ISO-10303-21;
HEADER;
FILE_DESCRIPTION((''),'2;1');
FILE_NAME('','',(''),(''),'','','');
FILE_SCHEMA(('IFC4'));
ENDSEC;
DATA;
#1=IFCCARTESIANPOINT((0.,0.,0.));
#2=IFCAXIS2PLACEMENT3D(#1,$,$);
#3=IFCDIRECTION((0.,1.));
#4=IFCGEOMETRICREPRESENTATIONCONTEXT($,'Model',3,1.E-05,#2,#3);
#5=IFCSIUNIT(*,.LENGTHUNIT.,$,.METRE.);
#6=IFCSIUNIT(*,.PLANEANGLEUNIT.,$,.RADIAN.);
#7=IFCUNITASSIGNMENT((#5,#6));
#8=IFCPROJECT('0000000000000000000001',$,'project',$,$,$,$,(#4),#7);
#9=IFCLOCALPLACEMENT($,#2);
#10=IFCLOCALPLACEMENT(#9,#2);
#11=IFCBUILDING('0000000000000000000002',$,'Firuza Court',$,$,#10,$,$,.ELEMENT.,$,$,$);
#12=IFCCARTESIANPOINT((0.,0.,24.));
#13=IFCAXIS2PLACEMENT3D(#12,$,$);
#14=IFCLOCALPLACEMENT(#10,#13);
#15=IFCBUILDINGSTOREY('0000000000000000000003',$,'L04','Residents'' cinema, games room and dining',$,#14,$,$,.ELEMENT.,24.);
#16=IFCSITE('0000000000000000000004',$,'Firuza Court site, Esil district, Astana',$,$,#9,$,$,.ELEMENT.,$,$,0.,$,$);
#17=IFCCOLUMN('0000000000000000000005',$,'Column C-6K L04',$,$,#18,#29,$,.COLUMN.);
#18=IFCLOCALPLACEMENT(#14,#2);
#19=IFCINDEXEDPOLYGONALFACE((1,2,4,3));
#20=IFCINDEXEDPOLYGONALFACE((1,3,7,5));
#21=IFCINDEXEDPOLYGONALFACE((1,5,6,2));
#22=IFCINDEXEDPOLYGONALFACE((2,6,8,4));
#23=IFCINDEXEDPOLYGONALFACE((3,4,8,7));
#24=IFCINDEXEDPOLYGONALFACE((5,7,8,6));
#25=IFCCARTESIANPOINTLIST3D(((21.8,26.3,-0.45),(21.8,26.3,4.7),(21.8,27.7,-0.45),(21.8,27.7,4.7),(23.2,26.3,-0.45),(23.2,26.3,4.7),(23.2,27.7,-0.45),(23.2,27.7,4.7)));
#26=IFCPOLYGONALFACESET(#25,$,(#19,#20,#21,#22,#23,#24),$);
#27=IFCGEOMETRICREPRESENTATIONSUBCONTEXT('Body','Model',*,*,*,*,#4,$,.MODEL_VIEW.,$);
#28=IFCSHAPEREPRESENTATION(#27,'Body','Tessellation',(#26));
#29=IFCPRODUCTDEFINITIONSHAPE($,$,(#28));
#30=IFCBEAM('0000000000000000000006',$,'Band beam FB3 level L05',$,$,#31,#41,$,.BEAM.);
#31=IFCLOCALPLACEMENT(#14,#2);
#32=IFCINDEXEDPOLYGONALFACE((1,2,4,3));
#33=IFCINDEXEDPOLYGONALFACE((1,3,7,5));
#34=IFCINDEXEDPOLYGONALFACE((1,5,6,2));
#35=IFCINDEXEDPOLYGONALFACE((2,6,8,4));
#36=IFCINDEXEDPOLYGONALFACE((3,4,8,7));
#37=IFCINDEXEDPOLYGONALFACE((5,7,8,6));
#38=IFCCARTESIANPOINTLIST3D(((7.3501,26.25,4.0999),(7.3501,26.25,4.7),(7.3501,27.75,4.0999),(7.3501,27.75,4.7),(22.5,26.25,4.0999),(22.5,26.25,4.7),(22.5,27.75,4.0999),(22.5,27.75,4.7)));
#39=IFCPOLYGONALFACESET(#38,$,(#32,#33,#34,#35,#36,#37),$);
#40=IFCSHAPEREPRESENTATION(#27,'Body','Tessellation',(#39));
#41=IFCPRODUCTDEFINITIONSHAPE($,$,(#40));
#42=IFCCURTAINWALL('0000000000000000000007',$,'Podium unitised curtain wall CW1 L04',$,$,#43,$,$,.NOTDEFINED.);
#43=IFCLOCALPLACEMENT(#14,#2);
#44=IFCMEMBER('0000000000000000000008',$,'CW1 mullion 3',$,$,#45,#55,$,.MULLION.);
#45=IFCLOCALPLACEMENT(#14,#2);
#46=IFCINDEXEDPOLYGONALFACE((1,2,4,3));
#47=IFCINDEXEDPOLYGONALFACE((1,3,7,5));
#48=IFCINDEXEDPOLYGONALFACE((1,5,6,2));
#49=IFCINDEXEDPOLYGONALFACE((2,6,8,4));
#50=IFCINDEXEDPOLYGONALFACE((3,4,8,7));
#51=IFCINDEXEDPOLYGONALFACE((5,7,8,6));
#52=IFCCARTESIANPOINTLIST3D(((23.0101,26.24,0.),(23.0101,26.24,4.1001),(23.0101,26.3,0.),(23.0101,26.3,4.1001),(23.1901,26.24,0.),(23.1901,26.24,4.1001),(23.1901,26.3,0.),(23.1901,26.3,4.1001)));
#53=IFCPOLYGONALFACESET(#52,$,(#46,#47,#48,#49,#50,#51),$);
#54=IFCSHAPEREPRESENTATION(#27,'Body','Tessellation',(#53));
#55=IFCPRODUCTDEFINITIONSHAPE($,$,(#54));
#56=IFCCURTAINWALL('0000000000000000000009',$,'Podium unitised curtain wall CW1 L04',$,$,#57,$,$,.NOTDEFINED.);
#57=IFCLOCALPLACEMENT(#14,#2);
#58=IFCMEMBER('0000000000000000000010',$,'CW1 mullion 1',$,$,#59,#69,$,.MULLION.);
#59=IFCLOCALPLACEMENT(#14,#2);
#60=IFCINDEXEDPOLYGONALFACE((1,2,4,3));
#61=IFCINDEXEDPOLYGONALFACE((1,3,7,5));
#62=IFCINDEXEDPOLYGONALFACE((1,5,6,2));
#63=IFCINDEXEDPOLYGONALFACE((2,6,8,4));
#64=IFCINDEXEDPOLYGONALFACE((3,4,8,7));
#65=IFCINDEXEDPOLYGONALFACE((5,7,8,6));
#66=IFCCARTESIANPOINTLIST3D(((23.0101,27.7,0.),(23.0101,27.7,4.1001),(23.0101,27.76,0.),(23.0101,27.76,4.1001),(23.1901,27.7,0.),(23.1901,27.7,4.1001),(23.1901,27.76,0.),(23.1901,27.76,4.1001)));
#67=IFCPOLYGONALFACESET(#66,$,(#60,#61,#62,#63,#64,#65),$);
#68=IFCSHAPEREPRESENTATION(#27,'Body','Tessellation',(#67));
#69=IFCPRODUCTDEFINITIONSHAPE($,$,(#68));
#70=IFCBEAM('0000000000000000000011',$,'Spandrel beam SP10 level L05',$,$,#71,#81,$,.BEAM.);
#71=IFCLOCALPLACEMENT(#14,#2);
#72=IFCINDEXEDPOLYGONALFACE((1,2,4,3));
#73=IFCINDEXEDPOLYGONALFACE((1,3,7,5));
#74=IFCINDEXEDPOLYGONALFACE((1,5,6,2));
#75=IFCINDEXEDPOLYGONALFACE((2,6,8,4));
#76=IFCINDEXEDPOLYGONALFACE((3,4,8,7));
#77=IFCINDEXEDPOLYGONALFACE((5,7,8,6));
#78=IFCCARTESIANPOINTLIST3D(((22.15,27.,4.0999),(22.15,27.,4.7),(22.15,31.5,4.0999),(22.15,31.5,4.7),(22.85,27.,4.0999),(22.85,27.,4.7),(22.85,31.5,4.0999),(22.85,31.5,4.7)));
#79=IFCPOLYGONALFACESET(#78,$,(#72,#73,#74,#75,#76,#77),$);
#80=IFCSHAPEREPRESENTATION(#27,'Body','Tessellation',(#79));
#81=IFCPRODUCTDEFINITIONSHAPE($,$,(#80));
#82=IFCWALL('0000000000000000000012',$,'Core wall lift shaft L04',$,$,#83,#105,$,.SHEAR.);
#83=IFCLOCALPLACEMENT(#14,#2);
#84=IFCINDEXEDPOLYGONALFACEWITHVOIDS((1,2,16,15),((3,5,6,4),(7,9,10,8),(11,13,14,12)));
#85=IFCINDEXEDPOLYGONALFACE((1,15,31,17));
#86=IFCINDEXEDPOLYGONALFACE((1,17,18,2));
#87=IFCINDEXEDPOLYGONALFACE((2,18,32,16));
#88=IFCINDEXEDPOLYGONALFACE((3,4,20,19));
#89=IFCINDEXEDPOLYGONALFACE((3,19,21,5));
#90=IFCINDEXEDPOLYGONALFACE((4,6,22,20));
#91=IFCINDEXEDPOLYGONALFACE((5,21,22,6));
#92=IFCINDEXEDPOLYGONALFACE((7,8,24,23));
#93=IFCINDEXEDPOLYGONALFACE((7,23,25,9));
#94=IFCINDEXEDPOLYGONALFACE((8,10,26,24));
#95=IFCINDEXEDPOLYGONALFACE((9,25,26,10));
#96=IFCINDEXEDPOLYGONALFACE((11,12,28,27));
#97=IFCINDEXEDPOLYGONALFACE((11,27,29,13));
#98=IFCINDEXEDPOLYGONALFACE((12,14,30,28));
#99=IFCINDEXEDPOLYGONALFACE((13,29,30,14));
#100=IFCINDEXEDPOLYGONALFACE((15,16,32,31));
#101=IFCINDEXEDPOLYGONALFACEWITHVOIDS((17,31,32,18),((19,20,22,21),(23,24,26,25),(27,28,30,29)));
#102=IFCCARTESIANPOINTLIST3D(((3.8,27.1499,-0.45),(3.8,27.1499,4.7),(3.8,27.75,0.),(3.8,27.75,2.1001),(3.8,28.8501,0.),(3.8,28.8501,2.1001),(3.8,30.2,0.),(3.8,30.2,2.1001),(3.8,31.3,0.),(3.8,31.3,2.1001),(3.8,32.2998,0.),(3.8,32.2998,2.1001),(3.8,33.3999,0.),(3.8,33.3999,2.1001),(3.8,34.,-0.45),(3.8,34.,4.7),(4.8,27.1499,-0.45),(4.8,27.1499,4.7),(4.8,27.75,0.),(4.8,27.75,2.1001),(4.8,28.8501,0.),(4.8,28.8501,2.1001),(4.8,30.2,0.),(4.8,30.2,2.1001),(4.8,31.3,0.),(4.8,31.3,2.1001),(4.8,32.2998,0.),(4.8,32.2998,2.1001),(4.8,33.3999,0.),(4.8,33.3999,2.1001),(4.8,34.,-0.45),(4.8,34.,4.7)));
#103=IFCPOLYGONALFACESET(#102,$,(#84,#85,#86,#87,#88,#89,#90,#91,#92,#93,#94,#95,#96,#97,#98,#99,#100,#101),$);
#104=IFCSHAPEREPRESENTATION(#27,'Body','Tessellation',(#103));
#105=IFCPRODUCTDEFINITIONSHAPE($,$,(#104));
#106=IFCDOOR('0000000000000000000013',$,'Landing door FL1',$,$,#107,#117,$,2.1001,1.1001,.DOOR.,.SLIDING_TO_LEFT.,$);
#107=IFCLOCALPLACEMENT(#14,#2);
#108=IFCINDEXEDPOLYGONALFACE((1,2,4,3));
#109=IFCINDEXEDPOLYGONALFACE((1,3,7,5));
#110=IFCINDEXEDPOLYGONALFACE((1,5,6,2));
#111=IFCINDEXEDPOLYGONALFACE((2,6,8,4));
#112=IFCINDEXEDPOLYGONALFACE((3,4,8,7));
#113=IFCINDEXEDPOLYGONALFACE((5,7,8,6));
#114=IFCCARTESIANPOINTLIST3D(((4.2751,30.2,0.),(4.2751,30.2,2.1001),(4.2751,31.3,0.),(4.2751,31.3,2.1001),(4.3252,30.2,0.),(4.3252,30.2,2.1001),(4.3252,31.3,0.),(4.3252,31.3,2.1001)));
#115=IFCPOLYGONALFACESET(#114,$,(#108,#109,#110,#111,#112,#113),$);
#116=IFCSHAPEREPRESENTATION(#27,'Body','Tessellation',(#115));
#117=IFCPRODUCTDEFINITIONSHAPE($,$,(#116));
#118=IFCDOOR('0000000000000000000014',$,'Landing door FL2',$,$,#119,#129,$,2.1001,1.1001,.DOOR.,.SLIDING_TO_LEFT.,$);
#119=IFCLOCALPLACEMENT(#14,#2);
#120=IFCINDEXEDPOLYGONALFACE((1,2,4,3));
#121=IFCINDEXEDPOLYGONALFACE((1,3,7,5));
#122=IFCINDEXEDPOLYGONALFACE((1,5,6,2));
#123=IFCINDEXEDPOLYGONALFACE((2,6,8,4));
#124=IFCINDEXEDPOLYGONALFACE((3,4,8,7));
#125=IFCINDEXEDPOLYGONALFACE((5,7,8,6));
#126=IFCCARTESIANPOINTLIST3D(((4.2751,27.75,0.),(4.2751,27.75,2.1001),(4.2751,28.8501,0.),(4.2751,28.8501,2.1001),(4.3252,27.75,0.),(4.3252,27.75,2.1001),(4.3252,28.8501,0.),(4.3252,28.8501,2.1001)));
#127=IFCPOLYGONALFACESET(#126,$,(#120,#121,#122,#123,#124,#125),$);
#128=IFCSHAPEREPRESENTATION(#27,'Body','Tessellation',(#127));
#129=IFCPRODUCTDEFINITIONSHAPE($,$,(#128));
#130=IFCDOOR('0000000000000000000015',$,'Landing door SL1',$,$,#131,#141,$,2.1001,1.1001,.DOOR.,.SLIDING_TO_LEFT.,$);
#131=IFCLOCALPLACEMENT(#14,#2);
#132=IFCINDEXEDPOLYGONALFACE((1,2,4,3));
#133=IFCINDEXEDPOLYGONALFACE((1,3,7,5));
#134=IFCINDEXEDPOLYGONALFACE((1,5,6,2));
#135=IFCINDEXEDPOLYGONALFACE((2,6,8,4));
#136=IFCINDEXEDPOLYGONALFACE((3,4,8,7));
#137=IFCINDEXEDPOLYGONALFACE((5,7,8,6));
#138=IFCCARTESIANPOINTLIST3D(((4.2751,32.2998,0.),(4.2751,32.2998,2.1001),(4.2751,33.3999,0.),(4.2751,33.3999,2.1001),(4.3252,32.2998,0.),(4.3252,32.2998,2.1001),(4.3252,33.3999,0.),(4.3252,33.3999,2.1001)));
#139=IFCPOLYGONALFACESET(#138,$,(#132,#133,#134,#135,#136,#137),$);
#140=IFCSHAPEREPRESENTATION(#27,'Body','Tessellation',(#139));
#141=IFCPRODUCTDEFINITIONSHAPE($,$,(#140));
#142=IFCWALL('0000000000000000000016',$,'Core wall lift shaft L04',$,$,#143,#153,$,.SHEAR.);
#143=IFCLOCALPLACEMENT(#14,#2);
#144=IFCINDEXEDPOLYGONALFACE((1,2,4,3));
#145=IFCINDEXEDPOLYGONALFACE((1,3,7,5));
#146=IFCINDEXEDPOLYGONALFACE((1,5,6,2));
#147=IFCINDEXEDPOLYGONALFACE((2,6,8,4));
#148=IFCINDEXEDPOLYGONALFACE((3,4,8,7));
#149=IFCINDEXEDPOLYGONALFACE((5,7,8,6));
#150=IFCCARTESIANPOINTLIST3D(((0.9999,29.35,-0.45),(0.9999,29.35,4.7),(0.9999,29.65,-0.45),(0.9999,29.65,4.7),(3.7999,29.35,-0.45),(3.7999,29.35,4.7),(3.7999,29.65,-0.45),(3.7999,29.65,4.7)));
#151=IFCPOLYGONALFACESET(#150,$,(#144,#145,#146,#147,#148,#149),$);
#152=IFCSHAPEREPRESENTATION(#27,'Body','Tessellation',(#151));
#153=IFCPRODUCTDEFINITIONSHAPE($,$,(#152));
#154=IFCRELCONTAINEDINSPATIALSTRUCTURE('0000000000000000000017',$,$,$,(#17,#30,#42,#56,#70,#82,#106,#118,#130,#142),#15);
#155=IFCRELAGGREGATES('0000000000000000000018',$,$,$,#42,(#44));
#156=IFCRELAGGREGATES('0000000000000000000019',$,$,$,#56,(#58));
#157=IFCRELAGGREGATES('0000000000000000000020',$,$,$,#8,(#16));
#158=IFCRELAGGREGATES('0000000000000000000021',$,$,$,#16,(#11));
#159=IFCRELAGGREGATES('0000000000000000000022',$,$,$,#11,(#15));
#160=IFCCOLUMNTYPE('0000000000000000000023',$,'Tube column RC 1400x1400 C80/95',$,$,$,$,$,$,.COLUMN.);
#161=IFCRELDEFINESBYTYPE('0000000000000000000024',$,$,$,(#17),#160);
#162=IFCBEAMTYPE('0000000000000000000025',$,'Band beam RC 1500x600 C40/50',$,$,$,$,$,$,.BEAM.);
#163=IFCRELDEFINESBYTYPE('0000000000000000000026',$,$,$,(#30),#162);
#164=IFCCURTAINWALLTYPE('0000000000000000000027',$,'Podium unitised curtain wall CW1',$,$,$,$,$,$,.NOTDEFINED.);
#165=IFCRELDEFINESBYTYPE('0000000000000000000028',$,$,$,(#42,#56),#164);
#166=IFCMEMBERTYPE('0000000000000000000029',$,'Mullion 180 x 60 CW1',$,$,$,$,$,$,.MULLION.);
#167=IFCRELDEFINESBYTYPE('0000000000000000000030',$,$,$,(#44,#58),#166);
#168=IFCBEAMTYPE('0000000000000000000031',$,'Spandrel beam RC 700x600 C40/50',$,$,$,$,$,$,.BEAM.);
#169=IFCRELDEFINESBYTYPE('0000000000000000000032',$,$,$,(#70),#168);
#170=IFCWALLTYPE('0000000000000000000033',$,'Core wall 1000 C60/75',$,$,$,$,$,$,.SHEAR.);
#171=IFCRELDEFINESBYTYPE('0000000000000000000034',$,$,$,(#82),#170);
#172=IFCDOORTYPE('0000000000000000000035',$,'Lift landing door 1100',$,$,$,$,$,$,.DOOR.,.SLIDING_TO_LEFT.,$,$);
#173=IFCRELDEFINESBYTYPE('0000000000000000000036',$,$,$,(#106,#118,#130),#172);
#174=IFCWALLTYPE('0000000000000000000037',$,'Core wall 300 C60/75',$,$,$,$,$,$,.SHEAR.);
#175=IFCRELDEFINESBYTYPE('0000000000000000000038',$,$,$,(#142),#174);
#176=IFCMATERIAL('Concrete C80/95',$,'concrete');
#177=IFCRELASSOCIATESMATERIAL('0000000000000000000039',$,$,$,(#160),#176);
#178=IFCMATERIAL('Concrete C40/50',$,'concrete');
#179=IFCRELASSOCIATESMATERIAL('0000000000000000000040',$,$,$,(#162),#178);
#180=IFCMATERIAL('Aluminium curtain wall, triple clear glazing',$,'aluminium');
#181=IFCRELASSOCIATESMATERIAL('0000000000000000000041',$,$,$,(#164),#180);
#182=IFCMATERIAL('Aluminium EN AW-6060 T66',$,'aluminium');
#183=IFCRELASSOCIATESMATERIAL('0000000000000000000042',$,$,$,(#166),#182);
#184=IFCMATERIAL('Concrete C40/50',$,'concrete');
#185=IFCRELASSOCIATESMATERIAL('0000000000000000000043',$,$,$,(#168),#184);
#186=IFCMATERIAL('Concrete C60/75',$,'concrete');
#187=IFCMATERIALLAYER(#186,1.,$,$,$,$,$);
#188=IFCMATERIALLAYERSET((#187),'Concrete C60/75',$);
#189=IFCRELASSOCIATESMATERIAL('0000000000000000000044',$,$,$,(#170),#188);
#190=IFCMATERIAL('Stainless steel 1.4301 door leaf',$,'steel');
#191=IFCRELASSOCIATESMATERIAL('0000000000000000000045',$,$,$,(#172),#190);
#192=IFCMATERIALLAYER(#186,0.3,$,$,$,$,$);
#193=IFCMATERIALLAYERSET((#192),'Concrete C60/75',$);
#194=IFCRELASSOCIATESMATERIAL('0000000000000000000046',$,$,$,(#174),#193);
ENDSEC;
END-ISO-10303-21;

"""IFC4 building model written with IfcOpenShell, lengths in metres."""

from ifc_helpers import new_model, si_unit, direction, frame, frame_2d, origin, origin_2d, place, context, subcontext, project, spatial, rectangle, extrude, material, layer, layer_set, material_profile, profile_set, type_object, element, fill, aggregate, save


model = new_model("IFC4")

# Units and contexts
model_context = context("Model", 3, precision=1e-05, world=origin(), true_north=direction((0.0, 1.0)))
body_context = subcontext(model_context, "Body", "Model", "MODEL_VIEW")
ifc_project = project(units=[si_unit("LENGTHUNIT", "METRE"), si_unit("PLANEANGLEUNIT", "RADIAN")], contexts=[model_context])

# Site, building, storey
site_placement = place(None, origin())
site = spatial("IfcSite", under=ifc_project, at=site_placement, Name="Firuza Court site, Esil district, Astana", CompositionType="ELEMENT", RefElevation=0.0)
building_placement = place(site_placement, origin())
building = spatial("IfcBuilding", under=site, at=building_placement, Name="Firuza Court", CompositionType="ELEMENT")
storey_placement = place(building_placement, frame((0.0, 0.0, 24.0)))
storey = spatial("IfcBuildingStorey", under=building, at=storey_placement, Name="L04", Description="Residents' cinema, games room and dining", CompositionType="ELEMENT", Elevation=24.0)

# Column
ifc_material_1 = material(Name="Concrete C80/95", Category="concrete")
ifc_material_profile_1 = material_profile(ifc_material_1, rectangle(XDim=1.3999, YDim=1.3999, at=origin_2d()), Name="RC 1400x1400")
ifc_profile_set_1 = profile_set([ifc_material_profile_1], Name="Concrete C80/95")
column_type = type_object("IfcColumnType", Name="Tube column RC 1400x1400 C80/95", PredefinedType="COLUMN", material=ifc_profile_set_1)
column_placement = place(storey_placement, frame((22.5, 27.0, -0.45), z_axis=(0.0, 0.0, 1.0), x_axis=(1.0, 0.0, 0.0)))
element("IfcColumn", 1, at=column_placement, inside=storey, type_object=column_type, Name="Column C-6K L04", PredefinedType="COLUMN", context=body_context, shape_type="SweptSolid", body=[
    extrude(rectangle(XDim=1.3999, YDim=1.3999, at=origin_2d()), origin(), (0.0, 0.0, 1.0), 5.1499),
])

# Beam
ifc_material_2 = material(Name="Concrete C40/50", Category="concrete")
ifc_material_profile_2 = material_profile(ifc_material_2, rectangle(XDim=1.5, YDim=0.6001, at=origin_2d()), Name="RC 1500x600")
ifc_profile_set_2 = profile_set([ifc_material_profile_2], Name="Concrete C40/50")
beam_type_1 = type_object("IfcBeamType", Name="Band beam RC 1500x600 C40/50", PredefinedType="BEAM", material=ifc_profile_set_2)
beam_1_placement = place(storey_placement, frame((22.5, 27.0, 4.3999), z_axis=(-1.0, 0.0, 0.0), x_axis=(0.0, -1.0, 0.0)))
element("IfcBeam", 2, at=beam_1_placement, inside=storey, type_object=beam_type_1, Name="Band beam FB3 level L05", PredefinedType="BEAM", context=body_context, shape_type="SweptSolid", body=[
    extrude(rectangle(XDim=1.5, YDim=0.6001, at=origin_2d()), origin(), (0.0, 0.0, 1.0), 15.1499),
])

# Curtain walls, members
ifc_material_3 = material(Name="Aluminium curtain wall, triple clear glazing", Category="aluminium")
curtain_wall_type = type_object("IfcCurtainWallType", Name="Podium unitised curtain wall CW1", PredefinedType="NOTDEFINED", material=ifc_material_3)
curtain_wall_1_placement = place(storey_placement, origin())
curtain_wall_1 = element("IfcCurtainWall", 3, at=curtain_wall_1_placement, inside=storey, type_object=curtain_wall_type, Name="Podium unitised curtain wall CW1 L04", PredefinedType="NOTDEFINED")
ifc_material_4 = material(Name="Aluminium EN AW-6060 T66", Category="aluminium")
ifc_material_profile_3 = material_profile(ifc_material_4, rectangle(XDim=0.1799, YDim=0.0601, at=origin_2d()), Name="Mullion 180 x 60 CW1")
ifc_profile_set_3 = profile_set([ifc_material_profile_3], Name="Aluminium EN AW-6060 T66")
member_type = type_object("IfcMemberType", Name="Mullion 180 x 60 CW1", PredefinedType="MULLION", material=ifc_profile_set_3)
member_1_placement = place(storey_placement, frame((23.1001, 26.27, 0.0), z_axis=(0.0, 0.0, 1.0), x_axis=(-1.0, 0.0, 0.0)))
member_1 = element("IfcMember", 4, at=member_1_placement, type_object=member_type, Name="CW1 mullion 3", PredefinedType="MULLION", context=body_context, shape_type="SweptSolid", body=[
    extrude(rectangle(XDim=0.1799, YDim=0.0601, at=origin_2d()), origin(), (0.0, 0.0, 1.0), 4.1001),
])
aggregate(curtain_wall_1, [member_1])
curtain_wall_2_placement = place(storey_placement, origin())
curtain_wall_2 = element("IfcCurtainWall", 5, at=curtain_wall_2_placement, inside=storey, type_object=curtain_wall_type, Name="Podium unitised curtain wall CW1 L04", PredefinedType="NOTDEFINED")
member_2_placement = place(storey_placement, frame((23.1001, 27.73, 0.0), z_axis=(0.0, 0.0, 1.0), x_axis=(-1.0, 0.0, 0.0)))
member_2 = element("IfcMember", 6, at=member_2_placement, type_object=member_type, Name="CW1 mullion 1", PredefinedType="MULLION", context=body_context, shape_type="SweptSolid", body=[
    extrude(rectangle(XDim=0.1799, YDim=0.0601, at=origin_2d()), origin(), (0.0, 0.0, 1.0), 4.1001),
])
aggregate(curtain_wall_2, [member_2])

# Beam
ifc_material_5 = material(Name="Concrete C40/50", Category="concrete")
ifc_material_profile_4 = material_profile(ifc_material_5, rectangle(XDim=0.7, YDim=0.6001, at=origin_2d()), Name="RC 700x600")
ifc_profile_set_4 = profile_set([ifc_material_profile_4], Name="Concrete C40/50")
beam_type_2 = type_object("IfcBeamType", Name="Spandrel beam RC 700x600 C40/50", PredefinedType="BEAM", material=ifc_profile_set_4)
beam_2_placement = place(storey_placement, frame((22.5, 27.0, 4.3999), z_axis=(0.0, 1.0, 0.0), x_axis=(-1.0, 0.0, 0.0)))
element("IfcBeam", 7, at=beam_2_placement, inside=storey, type_object=beam_type_2, Name="Spandrel beam SP10 level L05", PredefinedType="BEAM", context=body_context, shape_type="SweptSolid", body=[
    extrude(rectangle(XDim=0.7, YDim=0.6001, at=origin_2d()), origin(), (0.0, 0.0, 1.0), 4.5),
])

# Wall, openings, doors
ifc_material_6 = material(Name="Concrete C60/75", Category="concrete")
ifc_layer_1 = layer(ifc_material_6, 1.0)
ifc_layer_set_1 = layer_set([ifc_layer_1], Name="Concrete C60/75")
wall_type_1 = type_object("IfcWallType", Name="Core wall 1000 C60/75", PredefinedType="SHEAR", material=ifc_layer_set_1)
wall_1_placement = place(storey_placement, frame((4.3, 27.1499, -0.45), z_axis=(0.0, 0.0, 1.0), x_axis=(0.0, 1.0, 0.0)))
wall_1 = element("IfcWall", 8, at=wall_1_placement, inside=storey, type_object=wall_type_1, Name="Core wall lift shaft L04", PredefinedType="SHEAR", context=body_context, shape_type="SweptSolid", body=[
    extrude(rectangle(XDim=6.8501, YDim=1.0, at=frame_2d((3.425, 0.0))), origin(), (0.0, 0.0, 1.0), 5.1499),
])
opening_1_placement = place(wall_1_placement, frame((3.05, 0.0, 0.45)))
opening_1 = element("IfcOpeningElement", 9, at=opening_1_placement, cuts=wall_1, PredefinedType="OPENING", context=body_context, shape_type="SweptSolid", body=[
    extrude(rectangle(XDim=1.1001, YDim=2.1001, at=frame_2d((0.55, 1.05))), frame((0.0, 0.512, 0.0), z_axis=(0.0, -1.0, 0.0), x_axis=(1.0, 0.0, 0.0)), (0.0, 0.0, 1.0), 1.0239),
])
opening_2_placement = place(wall_1_placement, frame((0.6001, 0.0, 0.45)))
opening_2 = element("IfcOpeningElement", 10, at=opening_2_placement, cuts=wall_1, PredefinedType="OPENING", context=body_context, shape_type="SweptSolid", body=[
    extrude(rectangle(XDim=1.1001, YDim=2.1001, at=frame_2d((0.55, 1.05))), frame((0.0, 0.512, 0.0), z_axis=(0.0, -1.0, 0.0), x_axis=(1.0, 0.0, 0.0)), (0.0, 0.0, 1.0), 1.0239),
])
opening_3_placement = place(wall_1_placement, frame((5.1499, 0.0, 0.45)))
opening_3 = element("IfcOpeningElement", 11, at=opening_3_placement, cuts=wall_1, PredefinedType="OPENING", context=body_context, shape_type="SweptSolid", body=[
    extrude(rectangle(XDim=1.1001, YDim=2.1001, at=frame_2d((0.55, 1.05))), frame((0.0, 0.512, 0.0), z_axis=(0.0, -1.0, 0.0), x_axis=(1.0, 0.0, 0.0)), (0.0, 0.0, 1.0), 1.0239),
])
ifc_material_7 = material(Name="Stainless steel 1.4301 door leaf", Category="steel")
door_type_1 = type_object("IfcDoorType", Name="Lift landing door 1100", OperationType="SLIDING_TO_LEFT", PredefinedType="DOOR", material=ifc_material_7)
door_1_placement = place(opening_1_placement, origin())
door_1 = element("IfcDoor", 12, at=door_1_placement, inside=storey, type_object=door_type_1, Name="Landing door FL1", OperationType="SLIDING_TO_LEFT", OverallHeight=2.1001, OverallWidth=1.1001, PredefinedType="DOOR", context=body_context, shape_type="SweptSolid", body=[
    extrude(rectangle(XDim=1.1001, YDim=2.1001, at=frame_2d((0.55, 1.05))), frame((0.0, 0.0249, 0.0), z_axis=(0.0, -1.0, 0.0), x_axis=(1.0, 0.0, 0.0)), (0.0, 0.0, 1.0), 0.05),
])
fill(opening_1, door_1)
door_2_placement = place(opening_2_placement, origin())
door_2 = element("IfcDoor", 13, at=door_2_placement, inside=storey, type_object=door_type_1, Name="Landing door FL2", OperationType="SLIDING_TO_LEFT", OverallHeight=2.1001, OverallWidth=1.1001, PredefinedType="DOOR", context=body_context, shape_type="SweptSolid", body=[
    extrude(rectangle(XDim=1.1001, YDim=2.1001, at=frame_2d((0.55, 1.05))), frame((0.0, 0.0249, 0.0), z_axis=(0.0, -1.0, 0.0), x_axis=(1.0, 0.0, 0.0)), (0.0, 0.0, 1.0), 0.05),
])
fill(opening_2, door_2)
door_3_placement = place(opening_3_placement, origin())
door_3 = element("IfcDoor", 14, at=door_3_placement, inside=storey, type_object=door_type_1, Name="Landing door SL1", OperationType="SLIDING_TO_LEFT", OverallHeight=2.1001, OverallWidth=1.1001, PredefinedType="DOOR", context=body_context, shape_type="SweptSolid", body=[
    extrude(rectangle(XDim=1.1001, YDim=2.1001, at=frame_2d((0.55, 1.05))), frame((0.0, 0.0249, 0.0), z_axis=(0.0, -1.0, 0.0), x_axis=(1.0, 0.0, 0.0)), (0.0, 0.0, 1.0), 0.05),
])
fill(opening_3, door_3)

# Wall
ifc_layer_2 = layer(ifc_material_6, 0.3)
ifc_layer_set_2 = layer_set([ifc_layer_2], Name="Concrete C60/75")
wall_type_2 = type_object("IfcWallType", Name="Core wall 300 C60/75", PredefinedType="SHEAR", material=ifc_layer_set_2)
wall_2_placement = place(storey_placement, frame((1.0, 29.5, -0.45), z_axis=(0.0, 0.0, 1.0), x_axis=(1.0, 0.0, 0.0)))
element("IfcWall", 15, at=wall_2_placement, inside=storey, type_object=wall_type_2, Name="Core wall lift shaft L04", PredefinedType="SHEAR", context=body_context, shape_type="SweptSolid", body=[
    extrude(rectangle(XDim=2.8, YDim=0.3, at=frame_2d((1.3999, 0.0))), origin(), (0.0, 0.0, 1.0), 5.1499),
])

save(model, "model.ifc")
